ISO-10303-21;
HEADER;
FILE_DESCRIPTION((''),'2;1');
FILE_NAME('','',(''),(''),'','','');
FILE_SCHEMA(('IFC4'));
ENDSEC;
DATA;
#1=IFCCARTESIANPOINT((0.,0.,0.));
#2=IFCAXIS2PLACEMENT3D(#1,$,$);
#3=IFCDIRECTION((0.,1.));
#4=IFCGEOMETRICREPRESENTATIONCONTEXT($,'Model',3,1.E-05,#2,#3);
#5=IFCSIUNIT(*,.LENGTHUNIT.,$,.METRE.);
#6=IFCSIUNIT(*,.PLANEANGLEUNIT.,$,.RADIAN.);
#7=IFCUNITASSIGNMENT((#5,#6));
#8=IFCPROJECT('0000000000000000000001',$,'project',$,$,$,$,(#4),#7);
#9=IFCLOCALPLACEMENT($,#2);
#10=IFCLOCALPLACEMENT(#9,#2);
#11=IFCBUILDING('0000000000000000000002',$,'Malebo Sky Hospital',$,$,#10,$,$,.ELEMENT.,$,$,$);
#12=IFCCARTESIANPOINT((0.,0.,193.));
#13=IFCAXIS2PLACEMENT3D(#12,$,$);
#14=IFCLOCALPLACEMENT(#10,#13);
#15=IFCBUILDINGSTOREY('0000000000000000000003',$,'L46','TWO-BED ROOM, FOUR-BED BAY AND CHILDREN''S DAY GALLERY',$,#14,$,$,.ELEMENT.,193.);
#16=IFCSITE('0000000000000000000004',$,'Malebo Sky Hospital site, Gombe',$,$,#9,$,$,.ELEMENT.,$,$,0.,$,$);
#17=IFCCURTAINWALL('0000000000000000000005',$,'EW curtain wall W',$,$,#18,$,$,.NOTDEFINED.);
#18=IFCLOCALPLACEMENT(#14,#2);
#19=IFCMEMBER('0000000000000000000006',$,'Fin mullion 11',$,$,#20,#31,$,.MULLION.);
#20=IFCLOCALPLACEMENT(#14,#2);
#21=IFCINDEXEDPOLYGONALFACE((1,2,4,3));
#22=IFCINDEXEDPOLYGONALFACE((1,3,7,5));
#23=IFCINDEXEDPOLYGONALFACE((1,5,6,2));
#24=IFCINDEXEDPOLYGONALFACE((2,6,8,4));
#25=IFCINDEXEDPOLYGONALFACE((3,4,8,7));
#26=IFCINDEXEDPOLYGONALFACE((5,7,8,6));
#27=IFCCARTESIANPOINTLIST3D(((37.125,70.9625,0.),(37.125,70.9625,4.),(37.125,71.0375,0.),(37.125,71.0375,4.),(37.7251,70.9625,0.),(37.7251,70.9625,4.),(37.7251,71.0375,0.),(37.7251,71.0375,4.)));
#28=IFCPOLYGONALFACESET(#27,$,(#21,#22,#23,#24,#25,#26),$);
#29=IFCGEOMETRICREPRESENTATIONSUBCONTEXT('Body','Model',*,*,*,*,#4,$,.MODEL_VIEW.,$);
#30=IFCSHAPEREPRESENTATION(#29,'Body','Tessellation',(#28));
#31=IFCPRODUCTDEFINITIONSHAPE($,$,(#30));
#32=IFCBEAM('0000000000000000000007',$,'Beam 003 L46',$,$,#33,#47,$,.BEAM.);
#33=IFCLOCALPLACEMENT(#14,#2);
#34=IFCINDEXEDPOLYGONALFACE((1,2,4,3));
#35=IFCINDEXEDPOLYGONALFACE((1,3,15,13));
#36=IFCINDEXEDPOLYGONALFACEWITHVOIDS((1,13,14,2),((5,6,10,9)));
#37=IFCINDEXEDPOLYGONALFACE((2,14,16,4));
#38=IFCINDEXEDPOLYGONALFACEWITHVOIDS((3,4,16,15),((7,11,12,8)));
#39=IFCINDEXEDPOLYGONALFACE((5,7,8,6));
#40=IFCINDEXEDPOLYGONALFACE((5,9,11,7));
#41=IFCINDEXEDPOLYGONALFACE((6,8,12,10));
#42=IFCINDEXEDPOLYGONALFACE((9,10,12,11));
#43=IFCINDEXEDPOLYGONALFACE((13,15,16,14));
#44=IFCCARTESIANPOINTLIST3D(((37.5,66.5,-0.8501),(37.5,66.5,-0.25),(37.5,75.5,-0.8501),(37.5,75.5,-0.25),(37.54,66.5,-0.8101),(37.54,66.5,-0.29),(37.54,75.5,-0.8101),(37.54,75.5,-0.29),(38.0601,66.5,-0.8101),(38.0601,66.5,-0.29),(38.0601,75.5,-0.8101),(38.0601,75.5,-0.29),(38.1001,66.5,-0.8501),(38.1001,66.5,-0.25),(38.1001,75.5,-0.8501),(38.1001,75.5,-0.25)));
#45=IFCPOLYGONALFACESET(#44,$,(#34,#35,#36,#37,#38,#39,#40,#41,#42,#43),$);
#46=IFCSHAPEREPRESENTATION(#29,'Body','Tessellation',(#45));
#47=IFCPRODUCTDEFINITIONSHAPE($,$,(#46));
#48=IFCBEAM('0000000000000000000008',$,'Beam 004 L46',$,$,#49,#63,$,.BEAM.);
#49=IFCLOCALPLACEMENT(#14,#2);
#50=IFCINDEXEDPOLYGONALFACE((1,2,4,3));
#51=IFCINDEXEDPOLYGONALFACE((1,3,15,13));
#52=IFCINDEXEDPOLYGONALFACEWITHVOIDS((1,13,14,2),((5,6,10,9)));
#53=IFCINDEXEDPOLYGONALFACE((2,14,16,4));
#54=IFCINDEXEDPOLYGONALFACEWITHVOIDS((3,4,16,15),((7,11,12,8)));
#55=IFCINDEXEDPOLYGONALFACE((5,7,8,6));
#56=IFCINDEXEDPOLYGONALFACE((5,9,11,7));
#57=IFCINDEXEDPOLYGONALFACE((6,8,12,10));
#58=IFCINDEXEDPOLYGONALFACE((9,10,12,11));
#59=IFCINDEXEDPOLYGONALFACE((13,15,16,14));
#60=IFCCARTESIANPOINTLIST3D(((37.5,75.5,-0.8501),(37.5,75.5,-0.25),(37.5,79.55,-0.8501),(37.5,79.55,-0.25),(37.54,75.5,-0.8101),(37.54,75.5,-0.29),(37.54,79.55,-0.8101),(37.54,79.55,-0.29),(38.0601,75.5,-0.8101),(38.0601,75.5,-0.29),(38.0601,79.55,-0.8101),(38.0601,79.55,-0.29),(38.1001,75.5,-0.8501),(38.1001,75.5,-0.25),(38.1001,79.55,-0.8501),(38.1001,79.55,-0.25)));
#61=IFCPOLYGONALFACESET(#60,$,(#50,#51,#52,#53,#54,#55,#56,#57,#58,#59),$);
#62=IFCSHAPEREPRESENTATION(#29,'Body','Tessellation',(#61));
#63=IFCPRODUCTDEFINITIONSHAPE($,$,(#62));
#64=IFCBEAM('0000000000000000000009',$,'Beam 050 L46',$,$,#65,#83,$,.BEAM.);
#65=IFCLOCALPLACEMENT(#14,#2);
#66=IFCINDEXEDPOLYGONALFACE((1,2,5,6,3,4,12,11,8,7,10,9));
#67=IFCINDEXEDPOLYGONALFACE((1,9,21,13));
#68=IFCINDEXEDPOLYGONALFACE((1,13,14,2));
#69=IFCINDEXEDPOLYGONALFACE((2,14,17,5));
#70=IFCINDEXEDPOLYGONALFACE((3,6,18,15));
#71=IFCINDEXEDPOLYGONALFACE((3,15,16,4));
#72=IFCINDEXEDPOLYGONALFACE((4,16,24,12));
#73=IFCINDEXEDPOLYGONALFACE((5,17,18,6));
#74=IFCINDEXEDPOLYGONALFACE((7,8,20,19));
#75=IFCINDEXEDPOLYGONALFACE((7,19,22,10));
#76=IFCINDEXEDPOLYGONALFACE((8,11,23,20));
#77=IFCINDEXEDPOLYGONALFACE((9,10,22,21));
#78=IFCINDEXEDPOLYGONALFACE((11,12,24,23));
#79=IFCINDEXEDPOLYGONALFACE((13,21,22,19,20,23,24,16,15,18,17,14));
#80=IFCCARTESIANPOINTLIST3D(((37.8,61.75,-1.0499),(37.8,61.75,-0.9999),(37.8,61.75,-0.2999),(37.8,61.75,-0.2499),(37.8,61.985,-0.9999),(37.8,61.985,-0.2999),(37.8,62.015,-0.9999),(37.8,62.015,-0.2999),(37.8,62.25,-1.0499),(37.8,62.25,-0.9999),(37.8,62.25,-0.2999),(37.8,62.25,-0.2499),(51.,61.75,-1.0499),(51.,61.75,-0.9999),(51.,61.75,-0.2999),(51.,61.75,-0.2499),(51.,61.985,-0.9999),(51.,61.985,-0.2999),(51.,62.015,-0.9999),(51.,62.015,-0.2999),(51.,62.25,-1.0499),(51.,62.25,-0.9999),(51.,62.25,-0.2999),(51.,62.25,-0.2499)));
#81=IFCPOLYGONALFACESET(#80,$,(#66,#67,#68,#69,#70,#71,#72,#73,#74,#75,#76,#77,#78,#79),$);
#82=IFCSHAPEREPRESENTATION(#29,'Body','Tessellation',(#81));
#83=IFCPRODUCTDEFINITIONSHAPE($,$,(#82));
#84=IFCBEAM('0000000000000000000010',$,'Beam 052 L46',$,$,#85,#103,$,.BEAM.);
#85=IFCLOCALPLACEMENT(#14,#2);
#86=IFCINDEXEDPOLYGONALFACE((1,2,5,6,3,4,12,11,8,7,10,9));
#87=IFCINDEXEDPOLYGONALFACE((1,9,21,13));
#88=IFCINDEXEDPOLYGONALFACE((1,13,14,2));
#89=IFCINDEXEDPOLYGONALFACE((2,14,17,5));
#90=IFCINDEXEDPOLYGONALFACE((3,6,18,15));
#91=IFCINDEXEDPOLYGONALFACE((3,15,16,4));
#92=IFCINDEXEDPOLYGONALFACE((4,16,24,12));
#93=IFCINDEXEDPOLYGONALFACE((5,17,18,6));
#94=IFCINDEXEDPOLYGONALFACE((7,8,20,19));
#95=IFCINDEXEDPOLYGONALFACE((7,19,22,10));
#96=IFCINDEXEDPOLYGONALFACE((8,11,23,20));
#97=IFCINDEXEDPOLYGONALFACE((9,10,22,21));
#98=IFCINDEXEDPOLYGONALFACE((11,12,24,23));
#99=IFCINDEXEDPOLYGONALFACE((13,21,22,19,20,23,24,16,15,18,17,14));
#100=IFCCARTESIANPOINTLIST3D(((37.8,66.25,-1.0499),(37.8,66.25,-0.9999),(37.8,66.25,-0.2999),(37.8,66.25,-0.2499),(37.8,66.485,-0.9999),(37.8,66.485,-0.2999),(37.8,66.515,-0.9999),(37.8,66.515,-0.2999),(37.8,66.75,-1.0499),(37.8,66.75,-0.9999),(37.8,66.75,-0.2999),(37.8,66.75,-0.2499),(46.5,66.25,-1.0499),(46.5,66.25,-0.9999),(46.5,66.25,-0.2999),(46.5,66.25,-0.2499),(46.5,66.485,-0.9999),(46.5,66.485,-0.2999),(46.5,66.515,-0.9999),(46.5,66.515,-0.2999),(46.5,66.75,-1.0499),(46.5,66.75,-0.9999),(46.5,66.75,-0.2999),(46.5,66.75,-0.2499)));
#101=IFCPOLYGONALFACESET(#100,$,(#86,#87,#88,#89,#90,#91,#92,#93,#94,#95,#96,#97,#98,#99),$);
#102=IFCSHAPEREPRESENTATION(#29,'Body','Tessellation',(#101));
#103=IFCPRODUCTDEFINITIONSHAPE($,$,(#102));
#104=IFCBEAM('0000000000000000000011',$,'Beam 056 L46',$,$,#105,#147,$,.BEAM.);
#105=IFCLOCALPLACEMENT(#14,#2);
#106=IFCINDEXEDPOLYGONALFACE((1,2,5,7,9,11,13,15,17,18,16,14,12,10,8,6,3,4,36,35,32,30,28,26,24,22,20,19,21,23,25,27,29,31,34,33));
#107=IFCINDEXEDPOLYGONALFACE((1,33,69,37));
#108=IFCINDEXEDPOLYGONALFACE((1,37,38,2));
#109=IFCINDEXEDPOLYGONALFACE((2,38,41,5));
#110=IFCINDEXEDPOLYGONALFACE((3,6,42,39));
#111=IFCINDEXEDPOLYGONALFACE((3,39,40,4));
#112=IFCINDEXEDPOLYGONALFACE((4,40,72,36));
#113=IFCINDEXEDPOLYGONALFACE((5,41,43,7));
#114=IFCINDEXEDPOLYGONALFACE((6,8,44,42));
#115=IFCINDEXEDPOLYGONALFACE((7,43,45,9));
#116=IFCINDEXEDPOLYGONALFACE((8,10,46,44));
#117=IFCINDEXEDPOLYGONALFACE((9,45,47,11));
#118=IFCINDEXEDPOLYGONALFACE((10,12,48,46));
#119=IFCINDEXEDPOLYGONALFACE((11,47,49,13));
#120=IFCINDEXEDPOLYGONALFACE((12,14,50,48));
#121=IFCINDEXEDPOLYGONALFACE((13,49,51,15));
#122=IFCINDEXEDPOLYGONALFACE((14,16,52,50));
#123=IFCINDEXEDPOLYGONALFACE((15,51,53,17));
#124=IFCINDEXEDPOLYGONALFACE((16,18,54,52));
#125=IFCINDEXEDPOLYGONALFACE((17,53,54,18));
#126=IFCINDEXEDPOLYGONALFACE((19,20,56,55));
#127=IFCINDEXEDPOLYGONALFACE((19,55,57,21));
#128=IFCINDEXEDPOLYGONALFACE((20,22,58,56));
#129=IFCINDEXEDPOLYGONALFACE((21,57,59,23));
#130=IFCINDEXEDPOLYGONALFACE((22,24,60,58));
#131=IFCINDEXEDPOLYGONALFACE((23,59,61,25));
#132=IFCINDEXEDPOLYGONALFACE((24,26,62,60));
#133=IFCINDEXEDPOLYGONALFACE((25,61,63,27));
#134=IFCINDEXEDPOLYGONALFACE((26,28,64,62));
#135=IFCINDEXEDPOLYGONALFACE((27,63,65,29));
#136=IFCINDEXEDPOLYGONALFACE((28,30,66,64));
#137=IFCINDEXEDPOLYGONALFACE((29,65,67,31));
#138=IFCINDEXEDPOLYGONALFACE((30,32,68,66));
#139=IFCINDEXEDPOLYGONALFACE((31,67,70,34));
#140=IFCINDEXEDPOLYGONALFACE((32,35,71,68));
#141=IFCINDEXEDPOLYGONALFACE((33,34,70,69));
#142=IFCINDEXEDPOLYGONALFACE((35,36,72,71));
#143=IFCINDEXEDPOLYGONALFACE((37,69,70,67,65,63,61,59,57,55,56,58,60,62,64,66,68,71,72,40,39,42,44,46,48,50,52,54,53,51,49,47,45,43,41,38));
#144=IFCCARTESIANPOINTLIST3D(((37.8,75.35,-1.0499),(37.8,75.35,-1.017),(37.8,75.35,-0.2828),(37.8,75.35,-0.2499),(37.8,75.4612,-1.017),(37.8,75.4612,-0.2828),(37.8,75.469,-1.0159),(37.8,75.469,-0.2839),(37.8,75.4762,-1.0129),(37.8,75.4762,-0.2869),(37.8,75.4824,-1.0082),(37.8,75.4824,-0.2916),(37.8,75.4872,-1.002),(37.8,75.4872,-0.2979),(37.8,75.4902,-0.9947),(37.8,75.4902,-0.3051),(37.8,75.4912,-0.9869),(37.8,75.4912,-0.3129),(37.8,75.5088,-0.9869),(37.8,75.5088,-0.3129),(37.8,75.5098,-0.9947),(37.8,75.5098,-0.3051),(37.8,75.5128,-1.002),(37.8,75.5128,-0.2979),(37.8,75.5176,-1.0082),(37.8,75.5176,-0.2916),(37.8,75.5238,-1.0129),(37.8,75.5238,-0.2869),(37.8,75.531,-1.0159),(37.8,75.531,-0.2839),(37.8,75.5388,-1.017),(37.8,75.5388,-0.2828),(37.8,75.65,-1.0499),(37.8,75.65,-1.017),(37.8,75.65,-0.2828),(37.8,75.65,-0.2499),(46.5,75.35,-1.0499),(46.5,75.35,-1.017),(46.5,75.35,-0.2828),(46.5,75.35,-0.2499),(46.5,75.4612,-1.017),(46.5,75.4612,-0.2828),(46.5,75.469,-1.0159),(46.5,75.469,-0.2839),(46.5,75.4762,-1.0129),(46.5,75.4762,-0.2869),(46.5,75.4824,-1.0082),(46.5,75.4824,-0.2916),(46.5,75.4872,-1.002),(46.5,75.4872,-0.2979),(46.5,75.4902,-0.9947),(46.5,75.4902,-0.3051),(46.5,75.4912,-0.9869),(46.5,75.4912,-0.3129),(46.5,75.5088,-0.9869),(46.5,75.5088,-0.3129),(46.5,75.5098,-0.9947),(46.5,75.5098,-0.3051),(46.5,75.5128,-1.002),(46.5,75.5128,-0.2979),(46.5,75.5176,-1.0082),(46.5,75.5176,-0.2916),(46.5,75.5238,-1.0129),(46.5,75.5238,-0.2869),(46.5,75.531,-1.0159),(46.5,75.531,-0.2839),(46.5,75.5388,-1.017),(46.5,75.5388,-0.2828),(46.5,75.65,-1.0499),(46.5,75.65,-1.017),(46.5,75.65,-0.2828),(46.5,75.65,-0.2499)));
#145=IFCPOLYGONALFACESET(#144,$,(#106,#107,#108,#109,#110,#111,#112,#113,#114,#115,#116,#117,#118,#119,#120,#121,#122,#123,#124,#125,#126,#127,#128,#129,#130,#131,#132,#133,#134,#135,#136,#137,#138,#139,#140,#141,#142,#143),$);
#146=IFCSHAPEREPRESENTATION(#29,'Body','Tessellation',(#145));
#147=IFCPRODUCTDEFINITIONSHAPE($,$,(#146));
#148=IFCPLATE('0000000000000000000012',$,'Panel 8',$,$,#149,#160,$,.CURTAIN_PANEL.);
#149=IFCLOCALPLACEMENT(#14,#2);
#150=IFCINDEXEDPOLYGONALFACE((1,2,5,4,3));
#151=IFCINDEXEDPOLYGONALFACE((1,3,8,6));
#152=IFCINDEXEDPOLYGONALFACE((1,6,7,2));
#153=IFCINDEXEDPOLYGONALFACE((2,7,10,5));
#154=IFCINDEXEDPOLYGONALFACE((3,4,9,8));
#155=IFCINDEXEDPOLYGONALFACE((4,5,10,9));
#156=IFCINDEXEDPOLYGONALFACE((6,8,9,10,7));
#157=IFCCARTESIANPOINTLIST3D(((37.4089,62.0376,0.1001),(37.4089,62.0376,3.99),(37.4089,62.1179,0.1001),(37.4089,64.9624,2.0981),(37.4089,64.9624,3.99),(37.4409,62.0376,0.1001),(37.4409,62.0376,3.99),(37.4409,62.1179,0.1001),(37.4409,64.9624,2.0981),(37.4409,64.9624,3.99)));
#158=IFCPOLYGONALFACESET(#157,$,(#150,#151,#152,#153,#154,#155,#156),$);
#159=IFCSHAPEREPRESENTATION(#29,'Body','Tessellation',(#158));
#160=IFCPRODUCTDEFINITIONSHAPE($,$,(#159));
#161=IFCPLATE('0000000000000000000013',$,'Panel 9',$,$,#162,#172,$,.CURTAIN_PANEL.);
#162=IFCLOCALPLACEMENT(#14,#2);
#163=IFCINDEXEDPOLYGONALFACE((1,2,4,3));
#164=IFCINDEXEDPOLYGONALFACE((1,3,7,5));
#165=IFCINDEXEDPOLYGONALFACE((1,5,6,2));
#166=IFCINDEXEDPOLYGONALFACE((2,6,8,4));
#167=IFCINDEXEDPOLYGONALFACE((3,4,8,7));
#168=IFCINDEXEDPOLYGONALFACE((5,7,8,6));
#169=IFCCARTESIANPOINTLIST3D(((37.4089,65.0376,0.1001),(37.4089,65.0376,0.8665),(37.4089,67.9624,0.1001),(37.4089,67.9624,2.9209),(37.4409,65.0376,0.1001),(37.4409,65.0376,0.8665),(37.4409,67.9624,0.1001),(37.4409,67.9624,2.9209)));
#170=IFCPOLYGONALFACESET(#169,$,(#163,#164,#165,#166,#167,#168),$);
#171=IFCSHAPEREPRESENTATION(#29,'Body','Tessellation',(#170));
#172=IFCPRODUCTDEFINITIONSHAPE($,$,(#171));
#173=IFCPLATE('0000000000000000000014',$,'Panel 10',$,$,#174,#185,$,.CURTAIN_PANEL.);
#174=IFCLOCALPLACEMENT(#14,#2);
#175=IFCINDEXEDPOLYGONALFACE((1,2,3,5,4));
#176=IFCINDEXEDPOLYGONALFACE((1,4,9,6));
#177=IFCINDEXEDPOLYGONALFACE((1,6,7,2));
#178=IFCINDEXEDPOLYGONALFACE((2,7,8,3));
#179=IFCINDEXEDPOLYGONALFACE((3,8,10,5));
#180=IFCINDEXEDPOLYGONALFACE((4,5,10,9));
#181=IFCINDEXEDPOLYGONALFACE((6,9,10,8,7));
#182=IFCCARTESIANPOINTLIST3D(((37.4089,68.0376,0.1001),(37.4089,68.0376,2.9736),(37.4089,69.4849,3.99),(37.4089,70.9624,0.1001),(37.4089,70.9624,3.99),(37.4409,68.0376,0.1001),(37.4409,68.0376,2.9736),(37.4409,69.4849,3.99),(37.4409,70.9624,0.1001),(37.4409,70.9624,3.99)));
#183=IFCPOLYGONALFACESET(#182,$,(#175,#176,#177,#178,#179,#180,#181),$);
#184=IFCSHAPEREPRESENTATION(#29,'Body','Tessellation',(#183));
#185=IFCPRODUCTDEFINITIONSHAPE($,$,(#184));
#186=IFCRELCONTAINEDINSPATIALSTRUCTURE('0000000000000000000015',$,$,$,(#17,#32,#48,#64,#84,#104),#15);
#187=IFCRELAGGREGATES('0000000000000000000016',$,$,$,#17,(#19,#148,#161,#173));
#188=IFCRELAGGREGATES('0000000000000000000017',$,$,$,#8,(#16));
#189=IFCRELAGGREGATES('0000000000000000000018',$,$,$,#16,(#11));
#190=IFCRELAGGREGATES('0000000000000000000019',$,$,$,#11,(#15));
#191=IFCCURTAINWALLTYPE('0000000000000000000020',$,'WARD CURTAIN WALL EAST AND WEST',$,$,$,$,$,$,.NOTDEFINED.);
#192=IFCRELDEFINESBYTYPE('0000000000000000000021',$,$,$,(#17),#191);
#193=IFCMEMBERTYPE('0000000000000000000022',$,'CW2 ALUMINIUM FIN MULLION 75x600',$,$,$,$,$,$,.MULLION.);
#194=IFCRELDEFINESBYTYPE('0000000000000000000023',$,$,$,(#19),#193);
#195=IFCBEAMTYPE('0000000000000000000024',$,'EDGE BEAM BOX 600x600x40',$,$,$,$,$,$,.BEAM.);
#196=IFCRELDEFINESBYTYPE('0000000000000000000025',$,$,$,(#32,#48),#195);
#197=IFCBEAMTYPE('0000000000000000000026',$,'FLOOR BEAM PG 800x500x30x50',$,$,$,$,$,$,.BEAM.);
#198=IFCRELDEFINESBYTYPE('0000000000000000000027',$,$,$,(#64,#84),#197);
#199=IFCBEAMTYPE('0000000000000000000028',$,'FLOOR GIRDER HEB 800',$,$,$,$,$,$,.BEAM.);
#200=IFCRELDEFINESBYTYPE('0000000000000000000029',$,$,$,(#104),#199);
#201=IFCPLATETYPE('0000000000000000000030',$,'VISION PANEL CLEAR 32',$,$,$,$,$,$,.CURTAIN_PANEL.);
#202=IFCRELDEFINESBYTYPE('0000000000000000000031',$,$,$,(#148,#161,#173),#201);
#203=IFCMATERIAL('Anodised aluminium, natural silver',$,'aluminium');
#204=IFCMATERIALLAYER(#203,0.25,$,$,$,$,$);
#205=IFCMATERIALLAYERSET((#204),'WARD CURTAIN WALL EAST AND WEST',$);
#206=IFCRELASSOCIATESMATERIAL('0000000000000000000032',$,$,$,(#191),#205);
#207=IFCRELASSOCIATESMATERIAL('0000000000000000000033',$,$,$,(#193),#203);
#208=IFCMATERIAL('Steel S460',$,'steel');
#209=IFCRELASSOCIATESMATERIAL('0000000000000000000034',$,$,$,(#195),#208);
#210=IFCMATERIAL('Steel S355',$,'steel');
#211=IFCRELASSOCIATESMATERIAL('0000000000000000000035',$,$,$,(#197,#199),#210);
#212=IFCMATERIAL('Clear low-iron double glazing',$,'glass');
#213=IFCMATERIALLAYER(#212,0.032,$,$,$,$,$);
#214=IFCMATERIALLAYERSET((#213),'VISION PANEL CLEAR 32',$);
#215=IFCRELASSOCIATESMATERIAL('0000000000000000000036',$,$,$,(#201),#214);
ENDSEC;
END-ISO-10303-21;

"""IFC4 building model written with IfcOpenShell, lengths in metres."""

from ifc_helpers import new_model, si_unit, direction, frame, origin, origin_2d, place, context, subcontext, project, spatial, polyline, rectangle, hollow_rectangle, i_section, outline, extrude, material, layer, layer_set, material_profile, profile_set, type_object, element, aggregate, save


model = new_model("IFC4")

# Units and contexts
model_context = context("Model", 3, precision=1e-05, world=origin(), true_north=direction((0.0, 1.0)))
body_context = subcontext(model_context, "Body", "Model", "MODEL_VIEW")
ifc_project = project(units=[si_unit("LENGTHUNIT", "METRE"), si_unit("PLANEANGLEUNIT", "RADIAN")], contexts=[model_context])

# Site, building, storey
site_placement = place(None, origin())
site = spatial("IfcSite", under=ifc_project, at=site_placement, Name="Malebo Sky Hospital site, Gombe", CompositionType="ELEMENT", RefElevation=0.0)
building_placement = place(site_placement, origin())
building = spatial("IfcBuilding", under=site, at=building_placement, Name="Malebo Sky Hospital", CompositionType="ELEMENT")
storey_placement = place(building_placement, frame((0.0, 0.0, 193.0)))
storey = spatial("IfcBuildingStorey", under=building, at=storey_placement, Name="L46", Description="TWO-BED ROOM, FOUR-BED BAY AND CHILDREN'S DAY GALLERY", CompositionType="ELEMENT", Elevation=193.0)

# Shared definitions
ifc_material_1 = material(Name="Steel S460", Category="steel")

# Curtain wall
ifc_material_2 = material(Name="Anodised aluminium, natural silver", Category="aluminium")
ifc_layer_1 = layer(ifc_material_2, 0.25)
ifc_layer_set_1 = layer_set([ifc_layer_1], Name="WARD CURTAIN WALL EAST AND WEST")
curtain_wall_type = type_object("IfcCurtainWallType", Name="WARD CURTAIN WALL EAST AND WEST", PredefinedType="NOTDEFINED", material=ifc_layer_set_1)
curtain_wall_placement = place(storey_placement, origin())
curtain_wall = element("IfcCurtainWall", 1, at=curtain_wall_placement, inside=storey, type_object=curtain_wall_type, Name="EW curtain wall W", PredefinedType="NOTDEFINED")

# Shared definitions
ifc_material_3 = material(Name="Steel S355", Category="steel")

# Member
ifc_material_profile_1 = material_profile(ifc_material_2, rectangle(XDim=0.075, YDim=0.6001, at=origin_2d()), Name="CW2 ALUMINIUM FIN MULLION 75x600")
ifc_profile_set_1 = profile_set([ifc_material_profile_1], Name="Anodised aluminium, natural silver")
member_type_1 = type_object("IfcMemberType", Name="CW2 ALUMINIUM FIN MULLION 75x600", PredefinedType="MULLION", material=ifc_profile_set_1)
member_1_placement = place(storey_placement, frame((37.425, 71.0, 0.0), z_axis=(0.0, 0.0, 1.0), x_axis=(0.0, 1.0, 0.0)))
member_1 = element("IfcMember", 2, at=member_1_placement, type_object=member_type_1, Name="Fin mullion 11", PredefinedType="MULLION", context=body_context, shape_type="SweptSolid", body=[
    extrude(rectangle(XDim=0.075, YDim=0.6001, at=origin_2d()), origin(), (0.0, 0.0, 1.0), 4.0),
])

# Beams
ifc_material_profile_2 = material_profile(ifc_material_1, hollow_rectangle(XDim=0.6001, YDim=0.6001, WallThickness=0.04, at=origin_2d()), Name="BOX 600x600x40")
ifc_profile_set_2 = profile_set([ifc_material_profile_2], Name="Steel S460")
beam_type_1 = type_object("IfcBeamType", Name="EDGE BEAM BOX 600x600x40", PredefinedType="BEAM", material=ifc_profile_set_2)
beam_1_placement = place(storey_placement, frame((37.8, 66.5, -0.55), z_axis=(0.0, 1.0, 0.0), x_axis=(-1.0, 0.0, 0.0)))
element("IfcBeam", 3, at=beam_1_placement, inside=storey, type_object=beam_type_1, Name="Beam 003 L46", PredefinedType="BEAM", context=body_context, shape_type="SweptSolid", body=[
    extrude(hollow_rectangle(XDim=0.6001, YDim=0.6001, WallThickness=0.04, at=origin_2d()), origin(), (0.0, 0.0, 1.0), 9.0),
])
beam_2_placement = place(storey_placement, frame((37.8, 75.5, -0.55), z_axis=(0.0, 1.0, 0.0), x_axis=(-1.0, 0.0, 0.0)))
element("IfcBeam", 4, at=beam_2_placement, inside=storey, type_object=beam_type_1, Name="Beam 004 L46", PredefinedType="BEAM", context=body_context, shape_type="SweptSolid", body=[
    extrude(hollow_rectangle(XDim=0.6001, YDim=0.6001, WallThickness=0.04, at=origin_2d()), origin(), (0.0, 0.0, 1.0), 4.05),
])
ifc_material_profile_3 = material_profile(ifc_material_3, i_section(OverallWidth=0.5, OverallDepth=0.8, WebThickness=0.03, FlangeThickness=0.05, at=origin_2d()), Name="PG 800x500x30x50")
ifc_profile_set_3 = profile_set([ifc_material_profile_3], Name="Steel S355")
beam_type_2 = type_object("IfcBeamType", Name="FLOOR BEAM PG 800x500x30x50", PredefinedType="BEAM", material=ifc_profile_set_3)
beam_3_placement = place(storey_placement, frame((37.8, 62.0, -0.6499), z_axis=(1.0, 0.0, 0.0), x_axis=(0.0, 1.0, 0.0)))
element("IfcBeam", 5, at=beam_3_placement, inside=storey, type_object=beam_type_2, Name="Beam 050 L46", PredefinedType="BEAM", context=body_context, shape_type="SweptSolid", body=[
    extrude(i_section(OverallWidth=0.5, OverallDepth=0.8, WebThickness=0.03, FlangeThickness=0.05, at=origin_2d()), origin(), (0.0, 0.0, 1.0), 13.2),
])
beam_4_placement = place(storey_placement, frame((37.8, 66.5, -0.6499), z_axis=(1.0, 0.0, 0.0), x_axis=(0.0, 1.0, 0.0)))
element("IfcBeam", 6, at=beam_4_placement, inside=storey, type_object=beam_type_2, Name="Beam 052 L46", PredefinedType="BEAM", context=body_context, shape_type="SweptSolid", body=[
    extrude(i_section(OverallWidth=0.5, OverallDepth=0.8, WebThickness=0.03, FlangeThickness=0.05, at=origin_2d()), origin(), (0.0, 0.0, 1.0), 8.7),
])
ifc_material_profile_4 = material_profile(ifc_material_3, i_section(OverallWidth=0.3, OverallDepth=0.8, WebThickness=0.0176, FlangeThickness=0.033, FilletRadius=0.03, at=origin_2d()), Name="HEB 800")
ifc_profile_set_4 = profile_set([ifc_material_profile_4], Name="Steel S355")
beam_type_3 = type_object("IfcBeamType", Name="FLOOR GIRDER HEB 800", PredefinedType="BEAM", material=ifc_profile_set_4)
beam_5_placement = place(storey_placement, frame((37.8, 75.5, -0.6499), z_axis=(1.0, 0.0, 0.0), x_axis=(0.0, 1.0, 0.0)))
element("IfcBeam", 7, at=beam_5_placement, inside=storey, type_object=beam_type_3, Name="Beam 056 L46", PredefinedType="BEAM", context=body_context, shape_type="SweptSolid", body=[
    extrude(i_section(OverallWidth=0.3, OverallDepth=0.8, WebThickness=0.0176, FlangeThickness=0.033, FilletRadius=0.03, at=origin_2d()), origin(), (0.0, 0.0, 1.0), 8.7),
])

# Plates
ifc_material_4 = material(Name="Clear low-iron double glazing", Category="glass")
ifc_layer_2 = layer(ifc_material_4, 0.032)
ifc_layer_set_2 = layer_set([ifc_layer_2], Name="VISION PANEL CLEAR 32")
plate_type = type_object("IfcPlateType", Name="VISION PANEL CLEAR 32", PredefinedType="CURTAIN_PANEL", material=ifc_layer_set_2)
plate_1_placement = place(storey_placement, frame((37.425, 63.5, 0.1001), z_axis=(0.0, 0.0, 1.0), x_axis=(0.0, 1.0, 0.0)))
plate_1 = element("IfcPlate", 8, at=plate_1_placement, type_object=plate_type, Name="Panel 8", PredefinedType="CURTAIN_PANEL", context=body_context, shape_type="SweptSolid", body=[
    extrude(outline(polyline([(-1.4624, 0.0), (-1.3821, 0.0), (1.4624, 1.998), (1.4624, 3.8899), (-1.4624, 3.8899), (-1.4624, 0.0)])), frame((0.0, 0.0161, 0.0), z_axis=(0.0, -1.0, 0.0), x_axis=(1.0, 0.0, 0.0)), (0.0, 0.0, 1.0), 0.032),
])
plate_2_placement = place(storey_placement, frame((37.425, 66.5, 0.1001), z_axis=(0.0, 0.0, 1.0), x_axis=(0.0, 1.0, 0.0)))
plate_2 = element("IfcPlate", 9, at=plate_2_placement, type_object=plate_type, Name="Panel 9", PredefinedType="CURTAIN_PANEL", context=body_context, shape_type="SweptSolid", body=[
    extrude(outline(polyline([(-1.4624, 0.0), (1.4624, 0.0), (1.4624, 2.8208), (-1.4624, 0.7664), (-1.4624, 0.0)])), frame((0.0, 0.0161, 0.0), z_axis=(0.0, -1.0, 0.0), x_axis=(1.0, 0.0, 0.0)), (0.0, 0.0, 1.0), 0.032),
])
plate_3_placement = place(storey_placement, frame((37.425, 69.5, 0.1001), z_axis=(0.0, 0.0, 1.0), x_axis=(0.0, 1.0, 0.0)))
plate_3 = element("IfcPlate", 10, at=plate_3_placement, type_object=plate_type, Name="Panel 10", PredefinedType="CURTAIN_PANEL", context=body_context, shape_type="SweptSolid", body=[
    extrude(outline(polyline([(-1.4624, 0.0), (1.4624, 0.0), (1.4624, 3.8899), (-0.0151, 3.8899), (-1.4624, 2.8735), (-1.4624, 0.0)])), frame((0.0, 0.0161, 0.0), z_axis=(0.0, -1.0, 0.0), x_axis=(1.0, 0.0, 0.0)), (0.0, 0.0, 1.0), 0.032),
])
aggregate(curtain_wall, [member_1, plate_1, plate_2, plate_3])

save(model, "model.ifc")
